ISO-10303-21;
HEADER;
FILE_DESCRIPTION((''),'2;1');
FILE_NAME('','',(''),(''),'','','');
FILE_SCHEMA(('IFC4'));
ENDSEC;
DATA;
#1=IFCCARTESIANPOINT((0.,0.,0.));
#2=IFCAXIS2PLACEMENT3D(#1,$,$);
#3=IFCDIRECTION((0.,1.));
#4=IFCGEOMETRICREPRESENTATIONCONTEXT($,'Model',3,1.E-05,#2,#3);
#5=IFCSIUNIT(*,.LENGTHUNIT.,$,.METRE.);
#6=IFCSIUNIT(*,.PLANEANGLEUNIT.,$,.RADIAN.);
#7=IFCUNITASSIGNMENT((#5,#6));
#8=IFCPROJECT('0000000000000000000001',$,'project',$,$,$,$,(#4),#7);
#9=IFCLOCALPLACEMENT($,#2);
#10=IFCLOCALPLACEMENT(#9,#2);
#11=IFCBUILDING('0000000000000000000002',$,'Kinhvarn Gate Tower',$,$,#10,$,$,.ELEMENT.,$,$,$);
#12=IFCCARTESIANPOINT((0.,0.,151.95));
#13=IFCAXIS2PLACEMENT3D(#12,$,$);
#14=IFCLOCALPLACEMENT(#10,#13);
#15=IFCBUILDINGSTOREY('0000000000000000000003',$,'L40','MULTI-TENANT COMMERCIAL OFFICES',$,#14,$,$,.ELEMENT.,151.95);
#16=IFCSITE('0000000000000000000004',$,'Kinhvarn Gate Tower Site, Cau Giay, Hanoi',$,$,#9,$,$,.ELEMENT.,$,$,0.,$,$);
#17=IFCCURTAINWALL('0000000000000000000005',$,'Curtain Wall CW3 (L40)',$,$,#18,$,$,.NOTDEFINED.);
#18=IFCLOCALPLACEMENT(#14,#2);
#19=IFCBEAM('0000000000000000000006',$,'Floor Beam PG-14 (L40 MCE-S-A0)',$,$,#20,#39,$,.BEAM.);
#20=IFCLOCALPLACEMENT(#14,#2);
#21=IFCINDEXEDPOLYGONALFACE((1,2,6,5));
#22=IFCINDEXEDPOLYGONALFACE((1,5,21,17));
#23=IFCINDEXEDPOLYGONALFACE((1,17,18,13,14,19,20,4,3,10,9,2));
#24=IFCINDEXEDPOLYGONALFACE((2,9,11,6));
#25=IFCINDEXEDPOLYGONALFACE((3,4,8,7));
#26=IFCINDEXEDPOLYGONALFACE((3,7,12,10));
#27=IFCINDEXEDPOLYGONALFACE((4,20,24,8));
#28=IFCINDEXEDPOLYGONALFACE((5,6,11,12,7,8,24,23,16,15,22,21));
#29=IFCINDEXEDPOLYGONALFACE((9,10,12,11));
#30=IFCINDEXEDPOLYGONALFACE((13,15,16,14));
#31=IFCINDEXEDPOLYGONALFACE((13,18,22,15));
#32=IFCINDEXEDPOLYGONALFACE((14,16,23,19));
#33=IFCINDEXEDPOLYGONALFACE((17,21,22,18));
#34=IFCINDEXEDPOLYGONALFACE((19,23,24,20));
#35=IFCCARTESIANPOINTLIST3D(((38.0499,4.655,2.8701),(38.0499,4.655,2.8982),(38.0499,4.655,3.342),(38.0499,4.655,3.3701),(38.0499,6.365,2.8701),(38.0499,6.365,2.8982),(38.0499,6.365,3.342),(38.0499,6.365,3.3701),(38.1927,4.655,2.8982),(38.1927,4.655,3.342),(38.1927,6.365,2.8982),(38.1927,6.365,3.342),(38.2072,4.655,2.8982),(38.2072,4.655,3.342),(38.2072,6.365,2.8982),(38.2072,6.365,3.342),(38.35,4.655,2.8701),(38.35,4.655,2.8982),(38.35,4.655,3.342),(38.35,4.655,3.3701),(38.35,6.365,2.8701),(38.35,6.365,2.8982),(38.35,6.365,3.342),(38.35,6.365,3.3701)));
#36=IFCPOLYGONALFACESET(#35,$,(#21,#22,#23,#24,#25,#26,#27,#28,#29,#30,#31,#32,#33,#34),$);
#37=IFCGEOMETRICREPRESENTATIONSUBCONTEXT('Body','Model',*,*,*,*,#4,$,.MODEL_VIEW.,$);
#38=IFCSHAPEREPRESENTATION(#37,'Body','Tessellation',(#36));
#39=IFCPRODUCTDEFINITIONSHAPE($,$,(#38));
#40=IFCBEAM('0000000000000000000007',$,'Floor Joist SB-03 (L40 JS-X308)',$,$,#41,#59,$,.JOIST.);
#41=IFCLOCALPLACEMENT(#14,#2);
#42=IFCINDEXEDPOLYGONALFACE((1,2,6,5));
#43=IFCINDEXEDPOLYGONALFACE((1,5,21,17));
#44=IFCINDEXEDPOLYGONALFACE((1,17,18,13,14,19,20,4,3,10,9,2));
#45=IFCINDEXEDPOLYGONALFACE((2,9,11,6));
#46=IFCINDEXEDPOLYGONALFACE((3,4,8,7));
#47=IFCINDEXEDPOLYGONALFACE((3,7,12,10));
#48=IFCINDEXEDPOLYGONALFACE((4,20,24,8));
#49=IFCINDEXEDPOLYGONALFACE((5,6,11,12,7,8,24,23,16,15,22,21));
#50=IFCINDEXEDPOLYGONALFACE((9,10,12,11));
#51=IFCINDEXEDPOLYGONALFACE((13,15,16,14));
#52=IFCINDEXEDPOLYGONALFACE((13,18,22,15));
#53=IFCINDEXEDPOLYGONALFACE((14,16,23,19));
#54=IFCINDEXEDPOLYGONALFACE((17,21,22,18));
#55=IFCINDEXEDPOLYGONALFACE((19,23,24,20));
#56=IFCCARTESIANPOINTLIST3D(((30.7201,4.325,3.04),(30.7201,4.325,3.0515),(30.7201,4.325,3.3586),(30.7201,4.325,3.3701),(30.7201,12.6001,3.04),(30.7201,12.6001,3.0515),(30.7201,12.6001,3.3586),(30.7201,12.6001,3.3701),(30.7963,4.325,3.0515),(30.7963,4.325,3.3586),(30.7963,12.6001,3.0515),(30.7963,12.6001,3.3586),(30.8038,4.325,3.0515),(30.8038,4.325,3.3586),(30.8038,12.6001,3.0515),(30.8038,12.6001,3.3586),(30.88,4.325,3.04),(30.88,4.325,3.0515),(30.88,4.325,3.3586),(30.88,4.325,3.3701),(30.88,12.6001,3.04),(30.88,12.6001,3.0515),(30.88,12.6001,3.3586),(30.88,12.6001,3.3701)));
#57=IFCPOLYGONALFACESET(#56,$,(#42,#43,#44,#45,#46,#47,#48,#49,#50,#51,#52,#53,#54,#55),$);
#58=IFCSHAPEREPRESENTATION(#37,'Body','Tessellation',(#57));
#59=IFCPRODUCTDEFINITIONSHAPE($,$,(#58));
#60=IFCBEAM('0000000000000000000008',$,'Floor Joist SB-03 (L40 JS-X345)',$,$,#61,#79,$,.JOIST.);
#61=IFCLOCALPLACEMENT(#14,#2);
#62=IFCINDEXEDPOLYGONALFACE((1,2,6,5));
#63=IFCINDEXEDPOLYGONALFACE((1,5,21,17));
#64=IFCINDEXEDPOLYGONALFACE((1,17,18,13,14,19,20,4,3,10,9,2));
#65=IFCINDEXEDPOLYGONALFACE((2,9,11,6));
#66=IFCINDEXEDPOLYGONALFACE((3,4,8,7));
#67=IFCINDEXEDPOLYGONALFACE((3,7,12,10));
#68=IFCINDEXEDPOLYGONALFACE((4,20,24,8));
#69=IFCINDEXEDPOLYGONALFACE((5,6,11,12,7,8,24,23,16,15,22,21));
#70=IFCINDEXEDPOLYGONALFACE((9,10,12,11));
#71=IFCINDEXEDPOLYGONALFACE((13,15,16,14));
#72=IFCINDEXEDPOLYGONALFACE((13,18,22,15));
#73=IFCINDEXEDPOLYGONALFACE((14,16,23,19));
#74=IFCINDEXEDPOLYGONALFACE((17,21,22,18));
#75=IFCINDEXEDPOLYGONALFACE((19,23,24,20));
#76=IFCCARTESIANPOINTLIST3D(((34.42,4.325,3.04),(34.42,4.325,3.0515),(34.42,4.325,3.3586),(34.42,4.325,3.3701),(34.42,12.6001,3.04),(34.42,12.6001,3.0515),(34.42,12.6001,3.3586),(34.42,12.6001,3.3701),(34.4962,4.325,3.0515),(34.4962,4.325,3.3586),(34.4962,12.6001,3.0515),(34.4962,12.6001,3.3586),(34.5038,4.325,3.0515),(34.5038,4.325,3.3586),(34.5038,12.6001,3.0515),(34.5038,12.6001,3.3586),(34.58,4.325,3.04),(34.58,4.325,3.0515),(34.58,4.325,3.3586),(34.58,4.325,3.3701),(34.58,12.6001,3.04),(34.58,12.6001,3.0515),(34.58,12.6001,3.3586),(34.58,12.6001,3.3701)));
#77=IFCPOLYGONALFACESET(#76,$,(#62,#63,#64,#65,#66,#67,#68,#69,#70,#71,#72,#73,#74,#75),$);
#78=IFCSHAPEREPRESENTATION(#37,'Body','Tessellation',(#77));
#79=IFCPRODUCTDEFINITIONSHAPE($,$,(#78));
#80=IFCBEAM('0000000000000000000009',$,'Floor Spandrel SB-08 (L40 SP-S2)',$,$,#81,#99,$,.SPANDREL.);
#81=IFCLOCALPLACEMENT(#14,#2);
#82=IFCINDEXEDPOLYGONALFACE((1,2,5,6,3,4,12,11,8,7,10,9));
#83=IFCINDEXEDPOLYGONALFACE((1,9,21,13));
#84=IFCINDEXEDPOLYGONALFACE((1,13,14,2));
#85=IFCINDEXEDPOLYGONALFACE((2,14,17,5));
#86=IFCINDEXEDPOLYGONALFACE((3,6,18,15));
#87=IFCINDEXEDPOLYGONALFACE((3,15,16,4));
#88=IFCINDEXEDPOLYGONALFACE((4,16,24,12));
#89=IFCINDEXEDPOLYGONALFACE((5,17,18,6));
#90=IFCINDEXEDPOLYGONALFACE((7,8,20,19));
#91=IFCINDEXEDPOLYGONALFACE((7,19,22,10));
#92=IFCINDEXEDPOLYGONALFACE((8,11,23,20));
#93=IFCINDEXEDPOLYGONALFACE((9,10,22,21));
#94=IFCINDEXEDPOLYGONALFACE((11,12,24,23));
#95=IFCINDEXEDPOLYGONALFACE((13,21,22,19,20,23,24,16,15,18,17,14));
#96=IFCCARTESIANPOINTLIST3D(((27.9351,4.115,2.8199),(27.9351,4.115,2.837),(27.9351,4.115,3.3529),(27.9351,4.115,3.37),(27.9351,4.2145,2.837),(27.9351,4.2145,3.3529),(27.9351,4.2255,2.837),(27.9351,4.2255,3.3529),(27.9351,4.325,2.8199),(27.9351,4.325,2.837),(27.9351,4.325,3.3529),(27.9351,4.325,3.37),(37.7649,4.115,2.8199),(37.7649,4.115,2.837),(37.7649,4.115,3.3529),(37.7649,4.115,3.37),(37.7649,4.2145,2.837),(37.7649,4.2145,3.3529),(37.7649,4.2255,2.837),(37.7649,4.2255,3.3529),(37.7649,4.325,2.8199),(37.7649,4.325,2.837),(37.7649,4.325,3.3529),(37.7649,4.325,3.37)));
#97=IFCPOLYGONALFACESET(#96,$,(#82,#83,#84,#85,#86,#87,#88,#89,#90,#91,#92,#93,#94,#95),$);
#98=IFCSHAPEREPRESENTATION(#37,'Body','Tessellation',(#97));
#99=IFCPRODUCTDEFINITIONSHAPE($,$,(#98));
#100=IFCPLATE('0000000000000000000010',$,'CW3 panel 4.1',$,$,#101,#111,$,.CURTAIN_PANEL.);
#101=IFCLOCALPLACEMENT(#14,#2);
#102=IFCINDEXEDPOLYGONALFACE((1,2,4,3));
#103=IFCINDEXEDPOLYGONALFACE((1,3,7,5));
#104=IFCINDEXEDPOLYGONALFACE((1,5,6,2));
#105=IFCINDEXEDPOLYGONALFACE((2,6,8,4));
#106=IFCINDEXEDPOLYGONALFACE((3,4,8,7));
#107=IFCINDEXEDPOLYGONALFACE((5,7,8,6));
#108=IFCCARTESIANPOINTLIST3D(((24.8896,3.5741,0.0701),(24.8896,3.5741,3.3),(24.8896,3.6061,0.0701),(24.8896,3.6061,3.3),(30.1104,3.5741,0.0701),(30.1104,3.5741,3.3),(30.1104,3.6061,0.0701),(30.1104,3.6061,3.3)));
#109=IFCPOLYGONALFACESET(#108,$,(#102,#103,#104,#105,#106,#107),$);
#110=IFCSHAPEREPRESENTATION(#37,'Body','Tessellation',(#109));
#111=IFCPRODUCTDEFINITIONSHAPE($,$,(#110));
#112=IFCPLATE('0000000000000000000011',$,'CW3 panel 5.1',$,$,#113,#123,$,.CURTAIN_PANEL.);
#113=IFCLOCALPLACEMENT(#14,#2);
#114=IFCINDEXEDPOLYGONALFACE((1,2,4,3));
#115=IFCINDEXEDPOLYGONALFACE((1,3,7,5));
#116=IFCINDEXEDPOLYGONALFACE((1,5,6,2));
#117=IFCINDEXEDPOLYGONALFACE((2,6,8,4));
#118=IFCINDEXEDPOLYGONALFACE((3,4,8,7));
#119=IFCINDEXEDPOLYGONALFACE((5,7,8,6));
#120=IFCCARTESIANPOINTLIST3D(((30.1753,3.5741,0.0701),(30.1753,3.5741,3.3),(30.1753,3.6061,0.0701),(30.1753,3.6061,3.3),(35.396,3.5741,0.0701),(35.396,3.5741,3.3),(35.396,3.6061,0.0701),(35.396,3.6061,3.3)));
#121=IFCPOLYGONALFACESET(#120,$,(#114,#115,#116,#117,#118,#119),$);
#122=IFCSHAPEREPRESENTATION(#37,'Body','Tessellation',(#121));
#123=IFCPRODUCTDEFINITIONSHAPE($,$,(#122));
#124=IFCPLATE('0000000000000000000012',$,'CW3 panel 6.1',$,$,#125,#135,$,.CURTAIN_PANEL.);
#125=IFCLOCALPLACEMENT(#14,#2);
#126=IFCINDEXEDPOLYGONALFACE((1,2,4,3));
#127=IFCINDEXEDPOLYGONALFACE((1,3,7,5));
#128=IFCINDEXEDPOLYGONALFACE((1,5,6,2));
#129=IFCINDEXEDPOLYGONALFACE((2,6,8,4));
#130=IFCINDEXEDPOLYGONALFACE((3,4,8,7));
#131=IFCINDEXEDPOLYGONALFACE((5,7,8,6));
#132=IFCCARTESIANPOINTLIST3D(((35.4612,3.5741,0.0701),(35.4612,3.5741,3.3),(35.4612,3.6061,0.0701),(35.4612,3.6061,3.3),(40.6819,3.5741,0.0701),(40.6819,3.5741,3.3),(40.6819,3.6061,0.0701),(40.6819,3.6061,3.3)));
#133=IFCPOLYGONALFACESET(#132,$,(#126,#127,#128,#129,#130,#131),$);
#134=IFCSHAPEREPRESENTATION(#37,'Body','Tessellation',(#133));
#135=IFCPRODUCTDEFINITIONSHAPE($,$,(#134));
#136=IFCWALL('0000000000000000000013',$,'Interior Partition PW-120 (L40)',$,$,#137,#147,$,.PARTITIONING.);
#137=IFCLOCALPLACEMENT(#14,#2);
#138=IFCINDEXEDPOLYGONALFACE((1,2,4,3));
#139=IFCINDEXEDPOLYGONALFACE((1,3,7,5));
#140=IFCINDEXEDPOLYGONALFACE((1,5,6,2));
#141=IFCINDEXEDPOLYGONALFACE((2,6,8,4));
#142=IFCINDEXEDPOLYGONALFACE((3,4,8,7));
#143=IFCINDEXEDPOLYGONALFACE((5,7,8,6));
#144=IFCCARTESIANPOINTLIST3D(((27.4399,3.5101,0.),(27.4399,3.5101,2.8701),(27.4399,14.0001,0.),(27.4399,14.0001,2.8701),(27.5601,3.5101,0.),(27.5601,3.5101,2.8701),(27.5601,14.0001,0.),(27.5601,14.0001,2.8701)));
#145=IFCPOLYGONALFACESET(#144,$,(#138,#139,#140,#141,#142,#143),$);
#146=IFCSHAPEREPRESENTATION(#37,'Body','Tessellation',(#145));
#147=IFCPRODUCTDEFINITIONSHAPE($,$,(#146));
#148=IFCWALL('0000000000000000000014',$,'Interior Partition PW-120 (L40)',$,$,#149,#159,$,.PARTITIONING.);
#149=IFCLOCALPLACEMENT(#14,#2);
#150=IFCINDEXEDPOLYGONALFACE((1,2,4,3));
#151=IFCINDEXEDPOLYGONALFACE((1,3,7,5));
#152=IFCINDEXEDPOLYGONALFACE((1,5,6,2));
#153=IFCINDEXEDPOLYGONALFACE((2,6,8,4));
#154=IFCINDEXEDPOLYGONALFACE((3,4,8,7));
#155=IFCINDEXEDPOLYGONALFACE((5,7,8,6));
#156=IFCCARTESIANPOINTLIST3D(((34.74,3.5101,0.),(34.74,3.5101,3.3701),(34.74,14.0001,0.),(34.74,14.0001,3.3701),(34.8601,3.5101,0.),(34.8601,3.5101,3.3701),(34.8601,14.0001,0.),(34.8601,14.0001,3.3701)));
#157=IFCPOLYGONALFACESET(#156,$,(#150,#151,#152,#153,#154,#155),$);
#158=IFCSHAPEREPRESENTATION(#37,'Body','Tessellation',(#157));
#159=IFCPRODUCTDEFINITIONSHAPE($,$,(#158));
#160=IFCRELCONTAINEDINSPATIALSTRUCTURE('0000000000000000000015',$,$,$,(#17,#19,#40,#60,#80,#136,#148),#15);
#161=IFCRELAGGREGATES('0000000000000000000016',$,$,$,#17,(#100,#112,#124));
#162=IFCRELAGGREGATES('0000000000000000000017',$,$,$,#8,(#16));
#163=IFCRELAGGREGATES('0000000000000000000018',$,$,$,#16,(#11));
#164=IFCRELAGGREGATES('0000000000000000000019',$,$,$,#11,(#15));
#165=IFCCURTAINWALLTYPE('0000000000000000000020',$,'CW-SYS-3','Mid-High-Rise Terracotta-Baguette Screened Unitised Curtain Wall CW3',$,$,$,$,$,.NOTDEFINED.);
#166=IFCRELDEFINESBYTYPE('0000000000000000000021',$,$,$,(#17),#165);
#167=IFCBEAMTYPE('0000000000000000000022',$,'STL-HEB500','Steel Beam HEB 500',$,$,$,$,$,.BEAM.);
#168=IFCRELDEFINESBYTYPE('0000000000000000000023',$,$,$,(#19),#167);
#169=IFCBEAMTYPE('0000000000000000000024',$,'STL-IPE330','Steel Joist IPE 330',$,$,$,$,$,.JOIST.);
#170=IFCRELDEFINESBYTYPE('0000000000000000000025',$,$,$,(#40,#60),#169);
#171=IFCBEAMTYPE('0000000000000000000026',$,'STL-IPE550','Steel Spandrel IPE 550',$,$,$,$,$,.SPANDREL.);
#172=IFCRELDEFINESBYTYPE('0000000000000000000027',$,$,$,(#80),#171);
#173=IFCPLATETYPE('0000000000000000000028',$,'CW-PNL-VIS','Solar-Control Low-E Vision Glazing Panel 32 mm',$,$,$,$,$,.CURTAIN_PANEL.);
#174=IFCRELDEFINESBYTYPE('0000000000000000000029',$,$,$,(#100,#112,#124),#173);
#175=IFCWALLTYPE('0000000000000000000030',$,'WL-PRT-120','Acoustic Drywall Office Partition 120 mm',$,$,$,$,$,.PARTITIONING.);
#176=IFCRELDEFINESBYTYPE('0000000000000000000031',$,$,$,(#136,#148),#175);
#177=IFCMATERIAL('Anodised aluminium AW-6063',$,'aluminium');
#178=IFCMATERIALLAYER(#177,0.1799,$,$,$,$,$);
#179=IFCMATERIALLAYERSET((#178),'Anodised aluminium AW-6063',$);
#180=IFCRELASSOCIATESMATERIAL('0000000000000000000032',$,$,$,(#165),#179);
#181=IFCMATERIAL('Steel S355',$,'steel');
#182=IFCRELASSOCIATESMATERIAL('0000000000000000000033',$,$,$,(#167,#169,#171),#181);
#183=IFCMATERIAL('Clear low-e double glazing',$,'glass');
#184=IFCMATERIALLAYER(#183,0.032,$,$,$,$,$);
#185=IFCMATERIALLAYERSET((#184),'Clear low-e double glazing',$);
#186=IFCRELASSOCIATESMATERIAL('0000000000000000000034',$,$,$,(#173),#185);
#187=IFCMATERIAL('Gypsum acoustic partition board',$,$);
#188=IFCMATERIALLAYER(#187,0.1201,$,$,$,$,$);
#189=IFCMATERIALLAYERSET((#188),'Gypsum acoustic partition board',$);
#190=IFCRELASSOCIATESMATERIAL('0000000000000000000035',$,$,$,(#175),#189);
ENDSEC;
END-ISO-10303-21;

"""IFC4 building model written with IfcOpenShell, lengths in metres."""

from ifc_helpers import new_model, si_unit, direction, frame, frame_2d, origin, origin_2d, place, context, subcontext, project, spatial, rectangle, i_section, extrude, material, layer, layer_set, material_profile, profile_set, type_object, element, aggregate, save


model = new_model("IFC4")

# Units and contexts
model_context = context("Model", 3, precision=1e-05, world=origin(), true_north=direction((0.0, 1.0)))
body_context = subcontext(model_context, "Body", "Model", "MODEL_VIEW")
ifc_project = project(units=[si_unit("LENGTHUNIT", "METRE"), si_unit("PLANEANGLEUNIT", "RADIAN")], contexts=[model_context])

# Site, building, storey
site_placement = place(None, origin())
site = spatial("IfcSite", under=ifc_project, at=site_placement, Name="Kinhvarn Gate Tower Site, Cau Giay, Hanoi", CompositionType="ELEMENT", RefElevation=0.0)
building_placement = place(site_placement, origin())
building = spatial("IfcBuilding", under=site, at=building_placement, Name="Kinhvarn Gate Tower", CompositionType="ELEMENT")
storey_placement = place(building_placement, frame((0.0, 0.0, 151.95)))
storey = spatial("IfcBuildingStorey", under=building, at=storey_placement, Name="L40", Description="MULTI-TENANT COMMERCIAL OFFICES", CompositionType="ELEMENT", Elevation=151.95)

# Curtain wall
ifc_material_1 = material(Name="Anodised aluminium AW-6063", Category="aluminium")
ifc_layer_1 = layer(ifc_material_1, 0.1799)
ifc_layer_set_1 = layer_set([ifc_layer_1], Name="Anodised aluminium AW-6063")
curtain_wall_type = type_object("IfcCurtainWallType", Name="CW-SYS-3", Description="Mid-High-Rise Terracotta-Baguette Screened Unitised Curtain Wall CW3", PredefinedType="NOTDEFINED", material=ifc_layer_set_1)
curtain_wall_placement = place(storey_placement, origin())
curtain_wall = element("IfcCurtainWall", 1, at=curtain_wall_placement, inside=storey, type_object=curtain_wall_type, Name="Curtain Wall CW3 (L40)", PredefinedType="NOTDEFINED")

# Beams
ifc_material_2 = material(Name="Steel S355", Category="steel")
ifc_material_profile_1 = material_profile(ifc_material_2, i_section(OverallWidth=0.3, OverallDepth=0.5, WebThickness=0.0144, FlangeThickness=0.0281, at=origin_2d()), Name="HEB 500")
ifc_profile_set_1 = profile_set([ifc_material_profile_1], Name="Steel S355")
beam_type_1 = type_object("IfcBeamType", Name="STL-HEB500", Description="Steel Beam HEB 500", PredefinedType="BEAM", material=ifc_profile_set_1)
beam_1_placement = place(storey_placement, frame((38.2, 4.655, 3.1201), z_axis=(0.0, 1.0, 0.0), x_axis=(-1.0, 0.0, 0.0)))
element("IfcBeam", 2, at=beam_1_placement, inside=storey, type_object=beam_type_1, Name="Floor Beam PG-14 (L40 MCE-S-A0)", PredefinedType="BEAM", context=body_context, shape_type="SweptSolid", body=[
    extrude(i_section(OverallWidth=0.3, OverallDepth=0.5, WebThickness=0.0144, FlangeThickness=0.0281, at=origin_2d()), origin(), (0.0, 0.0, 1.0), 1.71),
])
ifc_material_profile_2 = material_profile(ifc_material_2, i_section(OverallWidth=0.1599, OverallDepth=0.3301, WebThickness=0.0076, FlangeThickness=0.0115, at=origin_2d()), Name="IPE 330")
ifc_profile_set_2 = profile_set([ifc_material_profile_2], Name="Steel S355")
beam_type_2 = type_object("IfcBeamType", Name="STL-IPE330", Description="Steel Joist IPE 330", PredefinedType="JOIST", material=ifc_profile_set_2)
for number, where, z_axis, x_axis, name in (
    (3, (30.8, 4.325, 3.2051), (0.0, 1.0, 0.0), (-1.0, 0.0, 0.0), "Floor Joist SB-03 (L40 JS-X308)"),
    (4, (34.5, 4.325, 3.2051), (0.0, 1.0, 0.0), (-1.0, 0.0, 0.0), "Floor Joist SB-03 (L40 JS-X345)"),
):
    element("IfcBeam", number, at=place(storey_placement, frame(where, z_axis=z_axis, x_axis=x_axis)), inside=storey, type_object=beam_type_2, Name=name, PredefinedType="JOIST", context=body_context, shape_type="SweptSolid", body=[
        extrude(i_section(OverallWidth=0.1599, OverallDepth=0.3301, WebThickness=0.0076, FlangeThickness=0.0115, at=origin_2d()), origin(), (0.0, 0.0, 1.0), 8.2751),
    ])
ifc_material_profile_3 = material_profile(ifc_material_2, i_section(OverallWidth=0.21, OverallDepth=0.55, WebThickness=0.011, FlangeThickness=0.0171, at=origin_2d()), Name="IPE 550")
ifc_profile_set_3 = profile_set([ifc_material_profile_3], Name="Steel S355")
beam_type_3 = type_object("IfcBeamType", Name="STL-IPE550", Description="Steel Spandrel IPE 550", PredefinedType="SPANDREL", material=ifc_profile_set_3)
beam_2_placement = place(storey_placement, frame((27.9351, 4.22, 3.095), z_axis=(1.0, 0.0, 0.0), x_axis=(0.0, 1.0, 0.0)))
element("IfcBeam", 5, at=beam_2_placement, inside=storey, type_object=beam_type_3, Name="Floor Spandrel SB-08 (L40 SP-S2)", PredefinedType="SPANDREL", context=body_context, shape_type="SweptSolid", body=[
    extrude(i_section(OverallWidth=0.21, OverallDepth=0.55, WebThickness=0.011, FlangeThickness=0.0171, at=origin_2d()), origin(), (0.0, 0.0, 1.0), 9.8298),
])

# Plates
ifc_material_3 = material(Name="Clear low-e double glazing", Category="glass")
ifc_layer_2 = layer(ifc_material_3, 0.032)
ifc_layer_set_2 = layer_set([ifc_layer_2], Name="Clear low-e double glazing")
plate_type = type_object("IfcPlateType", Name="CW-PNL-VIS", Description="Solar-Control Low-E Vision Glazing Panel 32 mm", PredefinedType="CURTAIN_PANEL", material=ifc_layer_set_2)
plate_1_placement = place(storey_placement, frame((27.5, 3.5901, 0.0701), z_axis=(0.0, 0.0, 1.0), x_axis=(1.0, 0.0, 0.0)))
plate_1 = element("IfcPlate", 6, at=plate_1_placement, type_object=plate_type, Name="CW3 panel 4.1", PredefinedType="CURTAIN_PANEL", context=body_context, shape_type="SweptSolid", body=[
    extrude(rectangle(XDim=5.2207, YDim=0.032, at=origin_2d()), origin(), (0.0, 0.0, 1.0), 3.23),
])
plate_2_placement = place(storey_placement, frame((32.7856, 3.5901, 0.0701), z_axis=(0.0, 0.0, 1.0), x_axis=(1.0, 0.0, 0.0)))
plate_2 = element("IfcPlate", 7, at=plate_2_placement, type_object=plate_type, Name="CW3 panel 5.1", PredefinedType="CURTAIN_PANEL", context=body_context, shape_type="SweptSolid", body=[
    extrude(rectangle(XDim=5.2207, YDim=0.032, at=origin_2d()), origin(), (0.0, 0.0, 1.0), 3.23),
])
plate_3_placement = place(storey_placement, frame((38.0715, 3.5901, 0.0701), z_axis=(0.0, 0.0, 1.0), x_axis=(1.0, 0.0, 0.0)))
plate_3 = element("IfcPlate", 8, at=plate_3_placement, type_object=plate_type, Name="CW3 panel 6.1", PredefinedType="CURTAIN_PANEL", context=body_context, shape_type="SweptSolid", body=[
    extrude(rectangle(XDim=5.2207, YDim=0.032, at=origin_2d()), origin(), (0.0, 0.0, 1.0), 3.23),
])
aggregate(curtain_wall, [plate_1, plate_2, plate_3])

# Walls
ifc_material_4 = material(Name="Gypsum acoustic partition board")
ifc_layer_3 = layer(ifc_material_4, 0.1201)
ifc_layer_set_3 = layer_set([ifc_layer_3], Name="Gypsum acoustic partition board")
wall_type = type_object("IfcWallType", Name="WL-PRT-120", Description="Acoustic Drywall Office Partition 120 mm", PredefinedType="PARTITIONING", material=ifc_layer_set_3)
wall_1_placement = place(storey_placement, frame((27.5, 3.51, 0.0), z_axis=(0.0, 0.0, 1.0), x_axis=(0.0, 1.0, 0.0)))
element("IfcWall", 9, at=wall_1_placement, inside=storey, type_object=wall_type, Name="Interior Partition PW-120 (L40)", PredefinedType="PARTITIONING", context=body_context, shape_type="SweptSolid", body=[
    extrude(rectangle(XDim=10.49, YDim=0.1201, at=frame_2d((5.2451, 0.0))), origin(), (0.0, 0.0, 1.0), 2.8701),
])
wall_2_placement = place(storey_placement, frame((34.8, 3.51, 0.0), z_axis=(0.0, 0.0, 1.0), x_axis=(0.0, 1.0, 0.0)))
element("IfcWall", 10, at=wall_2_placement, inside=storey, type_object=wall_type, Name="Interior Partition PW-120 (L40)", PredefinedType="PARTITIONING", context=body_context, shape_type="SweptSolid", body=[
    extrude(rectangle(XDim=10.49, YDim=0.1201, at=frame_2d((5.2451, 0.0))), origin(), (0.0, 0.0, 1.0), 3.3701),
])

save(model, "model.ifc")
